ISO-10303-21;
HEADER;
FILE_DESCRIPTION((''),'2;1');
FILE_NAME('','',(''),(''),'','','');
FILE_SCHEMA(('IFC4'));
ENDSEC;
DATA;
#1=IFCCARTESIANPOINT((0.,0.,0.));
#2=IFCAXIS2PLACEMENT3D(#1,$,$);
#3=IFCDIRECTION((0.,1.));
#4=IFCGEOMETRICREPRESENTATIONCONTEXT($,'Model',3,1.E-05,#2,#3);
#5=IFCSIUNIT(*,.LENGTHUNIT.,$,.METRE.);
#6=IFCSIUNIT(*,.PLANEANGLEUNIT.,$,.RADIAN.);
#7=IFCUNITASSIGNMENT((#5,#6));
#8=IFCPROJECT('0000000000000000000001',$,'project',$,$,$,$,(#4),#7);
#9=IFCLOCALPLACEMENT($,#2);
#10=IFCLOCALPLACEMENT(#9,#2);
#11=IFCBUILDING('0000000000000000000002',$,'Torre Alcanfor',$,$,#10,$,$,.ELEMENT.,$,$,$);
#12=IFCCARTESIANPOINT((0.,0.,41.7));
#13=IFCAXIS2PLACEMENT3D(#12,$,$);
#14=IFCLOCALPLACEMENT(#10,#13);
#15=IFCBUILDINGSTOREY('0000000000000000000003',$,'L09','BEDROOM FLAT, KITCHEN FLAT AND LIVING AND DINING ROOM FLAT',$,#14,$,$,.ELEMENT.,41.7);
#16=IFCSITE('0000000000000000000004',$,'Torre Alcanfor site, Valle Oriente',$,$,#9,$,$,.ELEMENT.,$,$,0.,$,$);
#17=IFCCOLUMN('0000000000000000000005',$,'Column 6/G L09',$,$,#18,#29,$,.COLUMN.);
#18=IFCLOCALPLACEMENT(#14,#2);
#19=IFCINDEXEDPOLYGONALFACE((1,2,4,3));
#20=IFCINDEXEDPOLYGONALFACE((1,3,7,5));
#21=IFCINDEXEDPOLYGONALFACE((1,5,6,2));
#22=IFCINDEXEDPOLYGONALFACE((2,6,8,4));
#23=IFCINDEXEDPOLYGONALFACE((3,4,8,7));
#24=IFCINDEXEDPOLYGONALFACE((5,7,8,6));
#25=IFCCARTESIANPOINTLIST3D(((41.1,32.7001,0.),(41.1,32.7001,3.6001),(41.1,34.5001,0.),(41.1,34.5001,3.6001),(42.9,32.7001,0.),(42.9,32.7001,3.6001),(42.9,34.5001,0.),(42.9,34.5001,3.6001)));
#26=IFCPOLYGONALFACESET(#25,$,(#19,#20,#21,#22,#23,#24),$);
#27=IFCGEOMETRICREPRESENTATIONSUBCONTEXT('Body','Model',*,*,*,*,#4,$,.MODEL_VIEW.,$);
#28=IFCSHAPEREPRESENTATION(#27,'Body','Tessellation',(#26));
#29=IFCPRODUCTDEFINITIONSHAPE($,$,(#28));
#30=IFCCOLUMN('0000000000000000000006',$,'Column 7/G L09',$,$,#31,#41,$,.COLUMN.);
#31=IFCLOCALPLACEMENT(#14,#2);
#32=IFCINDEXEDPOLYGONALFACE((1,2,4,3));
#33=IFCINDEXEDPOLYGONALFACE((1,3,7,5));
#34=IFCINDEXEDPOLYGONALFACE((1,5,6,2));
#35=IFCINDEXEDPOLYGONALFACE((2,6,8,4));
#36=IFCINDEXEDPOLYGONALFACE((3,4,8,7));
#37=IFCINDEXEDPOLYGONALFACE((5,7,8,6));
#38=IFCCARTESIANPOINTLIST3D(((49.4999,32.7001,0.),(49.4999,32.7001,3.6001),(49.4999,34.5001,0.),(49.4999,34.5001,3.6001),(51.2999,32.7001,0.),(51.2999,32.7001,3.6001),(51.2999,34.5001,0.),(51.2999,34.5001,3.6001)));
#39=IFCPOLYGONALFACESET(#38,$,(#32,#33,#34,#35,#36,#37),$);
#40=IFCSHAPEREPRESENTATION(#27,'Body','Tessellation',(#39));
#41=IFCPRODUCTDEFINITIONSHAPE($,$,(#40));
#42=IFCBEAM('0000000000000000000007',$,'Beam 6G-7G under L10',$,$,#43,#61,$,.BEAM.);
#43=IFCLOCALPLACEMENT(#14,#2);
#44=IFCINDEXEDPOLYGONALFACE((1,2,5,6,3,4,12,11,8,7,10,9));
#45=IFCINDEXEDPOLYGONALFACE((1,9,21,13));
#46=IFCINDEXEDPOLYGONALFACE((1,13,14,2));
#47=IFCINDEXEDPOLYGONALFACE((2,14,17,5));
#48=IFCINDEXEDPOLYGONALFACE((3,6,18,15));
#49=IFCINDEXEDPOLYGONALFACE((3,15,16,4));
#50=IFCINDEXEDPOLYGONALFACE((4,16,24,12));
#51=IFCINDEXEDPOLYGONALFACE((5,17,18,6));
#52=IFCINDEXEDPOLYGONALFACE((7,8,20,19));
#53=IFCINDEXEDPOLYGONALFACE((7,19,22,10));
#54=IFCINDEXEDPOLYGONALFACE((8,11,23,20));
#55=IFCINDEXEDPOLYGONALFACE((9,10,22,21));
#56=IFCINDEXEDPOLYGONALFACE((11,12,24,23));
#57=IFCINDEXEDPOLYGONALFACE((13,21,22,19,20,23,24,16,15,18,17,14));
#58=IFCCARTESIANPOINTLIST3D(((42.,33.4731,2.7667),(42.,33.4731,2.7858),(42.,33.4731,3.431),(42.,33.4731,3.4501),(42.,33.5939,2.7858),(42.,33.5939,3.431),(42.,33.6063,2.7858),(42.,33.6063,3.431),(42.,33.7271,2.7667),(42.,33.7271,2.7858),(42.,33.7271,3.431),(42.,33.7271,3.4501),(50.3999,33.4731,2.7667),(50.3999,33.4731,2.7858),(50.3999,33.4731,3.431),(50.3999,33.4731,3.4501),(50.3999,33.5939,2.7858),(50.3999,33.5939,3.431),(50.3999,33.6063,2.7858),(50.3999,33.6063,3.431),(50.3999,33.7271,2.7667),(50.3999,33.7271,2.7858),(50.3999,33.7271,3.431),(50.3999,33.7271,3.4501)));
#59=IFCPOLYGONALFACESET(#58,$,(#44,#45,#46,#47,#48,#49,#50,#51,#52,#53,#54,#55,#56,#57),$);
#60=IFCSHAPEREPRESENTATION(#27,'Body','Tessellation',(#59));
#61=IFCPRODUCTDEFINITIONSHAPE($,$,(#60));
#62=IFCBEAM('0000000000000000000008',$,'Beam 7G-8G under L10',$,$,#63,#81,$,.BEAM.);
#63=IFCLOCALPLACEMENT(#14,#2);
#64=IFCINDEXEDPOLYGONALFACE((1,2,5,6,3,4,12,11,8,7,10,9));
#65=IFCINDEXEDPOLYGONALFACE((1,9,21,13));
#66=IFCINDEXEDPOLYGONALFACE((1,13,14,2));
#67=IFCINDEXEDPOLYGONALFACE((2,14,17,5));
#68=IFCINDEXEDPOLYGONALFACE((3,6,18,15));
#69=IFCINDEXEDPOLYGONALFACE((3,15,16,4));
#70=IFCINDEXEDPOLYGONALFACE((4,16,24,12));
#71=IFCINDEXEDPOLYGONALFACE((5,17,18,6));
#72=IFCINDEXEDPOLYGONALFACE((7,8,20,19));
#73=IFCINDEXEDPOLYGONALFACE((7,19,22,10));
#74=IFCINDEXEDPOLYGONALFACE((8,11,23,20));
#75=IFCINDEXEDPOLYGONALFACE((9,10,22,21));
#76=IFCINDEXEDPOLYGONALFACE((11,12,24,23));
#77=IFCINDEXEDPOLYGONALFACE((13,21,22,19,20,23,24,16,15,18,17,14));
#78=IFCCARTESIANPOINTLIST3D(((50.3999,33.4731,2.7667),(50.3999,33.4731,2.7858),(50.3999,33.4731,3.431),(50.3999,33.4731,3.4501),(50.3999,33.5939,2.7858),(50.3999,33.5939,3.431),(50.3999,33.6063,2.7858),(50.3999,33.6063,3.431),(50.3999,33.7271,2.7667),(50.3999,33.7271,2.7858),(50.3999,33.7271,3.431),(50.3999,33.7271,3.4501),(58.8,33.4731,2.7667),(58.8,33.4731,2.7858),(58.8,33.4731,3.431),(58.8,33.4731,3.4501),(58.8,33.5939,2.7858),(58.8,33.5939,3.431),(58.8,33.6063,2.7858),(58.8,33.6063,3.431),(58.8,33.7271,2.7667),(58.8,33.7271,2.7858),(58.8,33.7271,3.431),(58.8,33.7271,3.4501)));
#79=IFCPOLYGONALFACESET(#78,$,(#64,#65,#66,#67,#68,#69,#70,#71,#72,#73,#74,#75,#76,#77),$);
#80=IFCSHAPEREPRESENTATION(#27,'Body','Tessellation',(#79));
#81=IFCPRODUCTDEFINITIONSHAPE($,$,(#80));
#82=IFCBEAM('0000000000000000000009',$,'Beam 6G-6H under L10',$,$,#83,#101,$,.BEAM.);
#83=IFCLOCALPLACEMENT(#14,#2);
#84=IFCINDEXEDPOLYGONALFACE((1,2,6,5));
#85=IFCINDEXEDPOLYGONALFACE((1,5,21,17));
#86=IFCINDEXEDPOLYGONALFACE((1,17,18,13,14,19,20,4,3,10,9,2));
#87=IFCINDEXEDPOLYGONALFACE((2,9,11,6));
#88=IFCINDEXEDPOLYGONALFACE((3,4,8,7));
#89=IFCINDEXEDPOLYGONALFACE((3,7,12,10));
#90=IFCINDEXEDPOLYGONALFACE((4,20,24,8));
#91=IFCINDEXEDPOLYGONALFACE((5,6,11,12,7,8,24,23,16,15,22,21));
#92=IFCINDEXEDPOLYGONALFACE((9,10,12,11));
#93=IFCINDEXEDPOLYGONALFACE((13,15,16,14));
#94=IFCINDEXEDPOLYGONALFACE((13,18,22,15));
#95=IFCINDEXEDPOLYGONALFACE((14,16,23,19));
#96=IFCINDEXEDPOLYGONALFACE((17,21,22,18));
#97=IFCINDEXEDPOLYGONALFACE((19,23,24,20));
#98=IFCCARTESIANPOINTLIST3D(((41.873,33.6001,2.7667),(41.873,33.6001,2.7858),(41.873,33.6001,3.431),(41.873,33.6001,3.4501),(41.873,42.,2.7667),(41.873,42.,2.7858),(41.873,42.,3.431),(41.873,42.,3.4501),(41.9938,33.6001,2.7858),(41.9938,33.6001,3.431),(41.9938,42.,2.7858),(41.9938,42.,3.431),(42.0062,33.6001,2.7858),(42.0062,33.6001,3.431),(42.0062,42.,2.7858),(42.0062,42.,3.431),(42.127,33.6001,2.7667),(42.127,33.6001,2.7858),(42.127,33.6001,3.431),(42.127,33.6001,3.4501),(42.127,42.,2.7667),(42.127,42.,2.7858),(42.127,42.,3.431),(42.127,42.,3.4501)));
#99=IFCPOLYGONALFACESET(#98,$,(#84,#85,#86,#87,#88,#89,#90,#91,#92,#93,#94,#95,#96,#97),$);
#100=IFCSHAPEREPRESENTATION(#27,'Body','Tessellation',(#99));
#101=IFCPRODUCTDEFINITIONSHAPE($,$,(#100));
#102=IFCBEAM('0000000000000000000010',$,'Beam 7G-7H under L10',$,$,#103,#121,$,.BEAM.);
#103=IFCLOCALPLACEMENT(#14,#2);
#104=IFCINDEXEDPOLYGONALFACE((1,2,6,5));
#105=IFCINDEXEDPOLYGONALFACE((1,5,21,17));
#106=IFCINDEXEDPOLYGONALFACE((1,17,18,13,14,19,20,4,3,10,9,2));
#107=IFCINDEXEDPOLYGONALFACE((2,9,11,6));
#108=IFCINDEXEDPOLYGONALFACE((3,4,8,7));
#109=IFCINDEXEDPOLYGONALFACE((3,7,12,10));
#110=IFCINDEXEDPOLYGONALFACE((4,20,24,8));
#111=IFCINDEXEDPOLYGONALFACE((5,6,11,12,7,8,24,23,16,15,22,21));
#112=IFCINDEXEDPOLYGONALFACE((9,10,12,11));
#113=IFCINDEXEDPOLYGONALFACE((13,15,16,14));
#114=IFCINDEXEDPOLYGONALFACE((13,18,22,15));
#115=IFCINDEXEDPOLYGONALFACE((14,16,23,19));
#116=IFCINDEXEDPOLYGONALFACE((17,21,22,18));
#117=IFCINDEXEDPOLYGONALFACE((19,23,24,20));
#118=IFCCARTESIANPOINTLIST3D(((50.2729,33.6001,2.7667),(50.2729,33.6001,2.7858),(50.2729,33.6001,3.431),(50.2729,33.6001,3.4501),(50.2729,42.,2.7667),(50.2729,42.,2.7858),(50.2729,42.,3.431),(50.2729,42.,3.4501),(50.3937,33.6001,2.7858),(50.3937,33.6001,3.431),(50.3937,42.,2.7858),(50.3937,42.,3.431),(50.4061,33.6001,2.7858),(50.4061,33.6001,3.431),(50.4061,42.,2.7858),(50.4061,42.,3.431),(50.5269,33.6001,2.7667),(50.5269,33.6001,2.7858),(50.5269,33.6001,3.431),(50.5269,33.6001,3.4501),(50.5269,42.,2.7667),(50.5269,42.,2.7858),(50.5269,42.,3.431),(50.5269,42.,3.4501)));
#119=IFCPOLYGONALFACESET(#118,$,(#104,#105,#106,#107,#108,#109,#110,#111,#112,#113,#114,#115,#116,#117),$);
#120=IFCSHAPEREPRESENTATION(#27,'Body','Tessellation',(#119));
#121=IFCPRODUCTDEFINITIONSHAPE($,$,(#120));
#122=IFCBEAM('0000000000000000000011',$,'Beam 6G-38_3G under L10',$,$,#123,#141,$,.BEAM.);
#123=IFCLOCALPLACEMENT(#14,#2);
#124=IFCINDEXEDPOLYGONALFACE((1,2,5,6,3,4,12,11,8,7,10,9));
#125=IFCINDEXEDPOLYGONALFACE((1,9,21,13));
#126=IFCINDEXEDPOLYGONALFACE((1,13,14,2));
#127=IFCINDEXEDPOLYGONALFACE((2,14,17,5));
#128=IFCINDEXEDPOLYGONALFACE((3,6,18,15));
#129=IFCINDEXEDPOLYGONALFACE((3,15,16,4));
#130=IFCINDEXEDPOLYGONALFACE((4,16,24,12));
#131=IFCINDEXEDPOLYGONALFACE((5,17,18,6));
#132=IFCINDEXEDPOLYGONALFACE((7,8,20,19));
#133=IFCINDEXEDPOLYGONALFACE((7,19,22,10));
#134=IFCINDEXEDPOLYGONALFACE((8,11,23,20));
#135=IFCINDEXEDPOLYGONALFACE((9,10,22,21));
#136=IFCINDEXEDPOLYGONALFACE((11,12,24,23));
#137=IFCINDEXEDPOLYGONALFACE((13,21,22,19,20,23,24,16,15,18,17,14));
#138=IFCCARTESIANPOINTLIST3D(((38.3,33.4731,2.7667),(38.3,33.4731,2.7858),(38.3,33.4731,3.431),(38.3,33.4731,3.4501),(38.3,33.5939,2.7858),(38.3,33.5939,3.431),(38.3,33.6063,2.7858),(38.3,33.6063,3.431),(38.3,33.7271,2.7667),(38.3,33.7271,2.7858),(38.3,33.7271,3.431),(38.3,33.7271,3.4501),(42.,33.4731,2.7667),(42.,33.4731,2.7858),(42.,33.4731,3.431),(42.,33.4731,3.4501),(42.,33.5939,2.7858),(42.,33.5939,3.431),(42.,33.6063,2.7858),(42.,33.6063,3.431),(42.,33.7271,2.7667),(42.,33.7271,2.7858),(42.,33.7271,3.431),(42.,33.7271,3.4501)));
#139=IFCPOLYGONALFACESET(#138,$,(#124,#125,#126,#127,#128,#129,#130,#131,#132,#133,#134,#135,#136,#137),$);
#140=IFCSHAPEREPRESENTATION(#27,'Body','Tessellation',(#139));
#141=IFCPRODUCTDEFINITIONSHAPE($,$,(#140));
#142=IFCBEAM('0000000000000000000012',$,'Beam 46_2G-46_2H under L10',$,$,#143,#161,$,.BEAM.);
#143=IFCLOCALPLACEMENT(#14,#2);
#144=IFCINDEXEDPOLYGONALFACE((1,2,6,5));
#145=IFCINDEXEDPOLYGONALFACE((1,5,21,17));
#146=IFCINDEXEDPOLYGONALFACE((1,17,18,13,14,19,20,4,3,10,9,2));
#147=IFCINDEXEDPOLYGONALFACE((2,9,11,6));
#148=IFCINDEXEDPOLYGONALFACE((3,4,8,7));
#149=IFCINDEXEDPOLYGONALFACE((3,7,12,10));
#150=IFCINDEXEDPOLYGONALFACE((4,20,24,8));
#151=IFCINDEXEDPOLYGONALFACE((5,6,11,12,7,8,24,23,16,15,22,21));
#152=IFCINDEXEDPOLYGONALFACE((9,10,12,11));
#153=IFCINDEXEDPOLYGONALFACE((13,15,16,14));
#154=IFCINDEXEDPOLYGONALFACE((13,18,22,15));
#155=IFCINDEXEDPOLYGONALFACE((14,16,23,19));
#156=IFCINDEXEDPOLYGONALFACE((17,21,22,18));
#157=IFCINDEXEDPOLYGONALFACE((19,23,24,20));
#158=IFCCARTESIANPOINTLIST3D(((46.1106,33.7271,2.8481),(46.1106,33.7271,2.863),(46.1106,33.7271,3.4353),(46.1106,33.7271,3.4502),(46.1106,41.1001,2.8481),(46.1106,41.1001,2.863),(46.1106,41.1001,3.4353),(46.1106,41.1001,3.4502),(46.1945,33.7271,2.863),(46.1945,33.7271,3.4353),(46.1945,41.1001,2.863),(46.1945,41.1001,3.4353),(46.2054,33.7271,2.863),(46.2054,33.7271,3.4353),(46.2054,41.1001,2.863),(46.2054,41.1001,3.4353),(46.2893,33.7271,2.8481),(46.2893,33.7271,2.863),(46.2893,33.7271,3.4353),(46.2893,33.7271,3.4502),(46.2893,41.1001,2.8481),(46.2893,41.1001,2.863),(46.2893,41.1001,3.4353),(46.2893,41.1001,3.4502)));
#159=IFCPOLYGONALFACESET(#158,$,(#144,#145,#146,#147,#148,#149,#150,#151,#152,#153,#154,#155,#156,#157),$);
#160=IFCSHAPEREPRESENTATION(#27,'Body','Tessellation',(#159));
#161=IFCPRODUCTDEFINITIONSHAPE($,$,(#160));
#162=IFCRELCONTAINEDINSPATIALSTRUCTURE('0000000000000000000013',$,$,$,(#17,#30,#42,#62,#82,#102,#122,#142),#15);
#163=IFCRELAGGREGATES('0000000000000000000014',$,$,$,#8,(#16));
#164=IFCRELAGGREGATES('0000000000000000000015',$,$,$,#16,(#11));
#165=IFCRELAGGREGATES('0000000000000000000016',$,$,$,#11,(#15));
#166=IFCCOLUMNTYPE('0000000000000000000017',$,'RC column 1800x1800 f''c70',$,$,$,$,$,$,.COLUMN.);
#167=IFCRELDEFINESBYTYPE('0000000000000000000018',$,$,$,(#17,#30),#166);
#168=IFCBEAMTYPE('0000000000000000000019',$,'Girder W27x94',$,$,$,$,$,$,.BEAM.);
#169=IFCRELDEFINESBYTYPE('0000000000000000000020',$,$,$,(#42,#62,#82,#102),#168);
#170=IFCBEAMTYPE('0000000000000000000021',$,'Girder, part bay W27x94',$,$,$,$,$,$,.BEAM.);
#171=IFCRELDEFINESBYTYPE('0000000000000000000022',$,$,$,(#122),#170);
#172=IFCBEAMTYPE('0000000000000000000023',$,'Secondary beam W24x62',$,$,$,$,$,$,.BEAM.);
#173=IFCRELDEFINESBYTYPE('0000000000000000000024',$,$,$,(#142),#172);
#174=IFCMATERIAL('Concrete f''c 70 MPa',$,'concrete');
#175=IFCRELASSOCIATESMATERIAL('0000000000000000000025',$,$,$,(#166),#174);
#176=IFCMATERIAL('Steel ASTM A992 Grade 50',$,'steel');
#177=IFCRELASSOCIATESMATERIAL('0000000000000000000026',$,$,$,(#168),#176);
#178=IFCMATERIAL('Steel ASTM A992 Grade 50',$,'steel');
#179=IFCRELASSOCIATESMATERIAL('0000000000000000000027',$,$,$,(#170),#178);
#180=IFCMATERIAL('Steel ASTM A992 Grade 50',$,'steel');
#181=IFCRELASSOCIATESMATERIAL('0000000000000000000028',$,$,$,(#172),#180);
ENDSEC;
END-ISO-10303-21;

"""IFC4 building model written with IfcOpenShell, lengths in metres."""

from ifc_helpers import new_model, si_unit, direction, frame, origin, origin_2d, place, context, subcontext, project, spatial, rectangle, i_section, extrude, material, material_profile, profile_set, type_object, element, save


model = new_model("IFC4")

# Units and contexts
model_context = context("Model", 3, precision=1e-05, world=origin(), true_north=direction((0.0, 1.0)))
body_context = subcontext(model_context, "Body", "Model", "MODEL_VIEW")
ifc_project = project(units=[si_unit("LENGTHUNIT", "METRE"), si_unit("PLANEANGLEUNIT", "RADIAN")], contexts=[model_context])

# Site, building, storey
site_placement = place(None, origin())
site = spatial("IfcSite", under=ifc_project, at=site_placement, Name="Torre Alcanfor site, Valle Oriente", CompositionType="ELEMENT", RefElevation=0.0)
building_placement = place(site_placement, origin())
building = spatial("IfcBuilding", under=site, at=building_placement, Name="Torre Alcanfor", CompositionType="ELEMENT")
storey_placement = place(building_placement, frame((0.0, 0.0, 41.7)))
storey = spatial("IfcBuildingStorey", under=building, at=storey_placement, Name="L09", Description="BEDROOM FLAT, KITCHEN FLAT AND LIVING AND DINING ROOM FLAT", CompositionType="ELEMENT", Elevation=41.7)

# Columns
ifc_material_1 = material(Name="Concrete f'c 70 MPa", Category="concrete")
ifc_material_profile_1 = material_profile(ifc_material_1, rectangle(XDim=1.8, YDim=1.8, at=origin_2d()), Name="1800x1800")
ifc_profile_set_1 = profile_set([ifc_material_profile_1], Name="Concrete f'c 70 MPa")
column_type = type_object("IfcColumnType", Name="RC column 1800x1800 f'c70", PredefinedType="COLUMN", material=ifc_profile_set_1)
for number, where, z_axis, x_axis, name in (
    (1, (42.0, 33.6001, 0.0), (0.0, 0.0, 1.0), (1.0, 0.0, 0.0), "Column 6/G L09"),
    (2, (50.3999, 33.6001, 0.0), (0.0, 0.0, 1.0), (1.0, 0.0, 0.0), "Column 7/G L09"),
):
    element("IfcColumn", number, at=place(storey_placement, frame(where, z_axis=z_axis, x_axis=x_axis)), inside=storey, type_object=column_type, Name=name, PredefinedType="COLUMN", context=body_context, shape_type="SweptSolid", body=[
        extrude(rectangle(XDim=1.8, YDim=1.8, at=origin_2d()), origin(), (0.0, 0.0, 1.0), 3.6001),
    ])

# Beams
ifc_material_2 = material(Name="Steel ASTM A992 Grade 50", Category="steel")
ifc_material_profile_2 = material_profile(ifc_material_2, i_section(OverallWidth=0.2539, OverallDepth=0.6833, WebThickness=0.0125, FlangeThickness=0.019, at=origin_2d()), Name="W27x94")
ifc_profile_set_2 = profile_set([ifc_material_profile_2], Name="Steel ASTM A992 Grade 50")
beam_type_1 = type_object("IfcBeamType", Name="Girder W27x94", PredefinedType="BEAM", material=ifc_profile_set_2)
beam_1_placement = place(storey_placement, frame((42.0, 33.6001, 3.1084), z_axis=(1.0, 0.0, 0.0), x_axis=(0.0, 1.0, 0.0)))
element("IfcBeam", 3, at=beam_1_placement, inside=storey, type_object=beam_type_1, Name="Beam 6G-7G under L10", PredefinedType="BEAM", context=body_context, shape_type="SweptSolid", body=[
    extrude(i_section(OverallWidth=0.2539, OverallDepth=0.6833, WebThickness=0.0125, FlangeThickness=0.019, at=origin_2d()), origin(), (0.0, 0.0, 1.0), 8.3999),
])
beam_2_placement = place(storey_placement, frame((50.3999, 33.6001, 3.1084), z_axis=(1.0, 0.0, 0.0), x_axis=(0.0, 1.0, 0.0)))
element("IfcBeam", 4, at=beam_2_placement, inside=storey, type_object=beam_type_1, Name="Beam 7G-8G under L10", PredefinedType="BEAM", context=body_context, shape_type="SweptSolid", body=[
    extrude(i_section(OverallWidth=0.2539, OverallDepth=0.6833, WebThickness=0.0125, FlangeThickness=0.019, at=origin_2d()), origin(), (0.0, 0.0, 1.0), 8.4001),
])
for number, where, z_axis, x_axis, name in (
    (5, (42.0, 33.6001, 3.1084), (0.0, 1.0, 0.0), (-1.0, 0.0, 0.0), "Beam 6G-6H under L10"),
    (6, (50.3999, 33.6001, 3.1084), (0.0, 1.0, 0.0), (-1.0, 0.0, 0.0), "Beam 7G-7H under L10"),
):
    element("IfcBeam", number, at=place(storey_placement, frame(where, z_axis=z_axis, x_axis=x_axis)), inside=storey, type_object=beam_type_1, Name=name, PredefinedType="BEAM", context=body_context, shape_type="SweptSolid", body=[
        extrude(i_section(OverallWidth=0.2539, OverallDepth=0.6833, WebThickness=0.0125, FlangeThickness=0.019, at=origin_2d()), origin(), (0.0, 0.0, 1.0), 8.3999),
    ])
ifc_material_3 = material(Name="Steel ASTM A992 Grade 50", Category="steel")
ifc_material_profile_3 = material_profile(ifc_material_3, i_section(OverallWidth=0.2539, OverallDepth=0.6833, WebThickness=0.0125, FlangeThickness=0.019, at=origin_2d()), Name="W27x94")
ifc_profile_set_3 = profile_set([ifc_material_profile_3], Name="Steel ASTM A992 Grade 50")
beam_type_2 = type_object("IfcBeamType", Name="Girder, part bay W27x94", PredefinedType="BEAM", material=ifc_profile_set_3)
beam_3_placement = place(storey_placement, frame((42.0, 33.6001, 3.1084), z_axis=(-1.0, 0.0, 0.0), x_axis=(0.0, -1.0, 0.0)))
element("IfcBeam", 7, at=beam_3_placement, inside=storey, type_object=beam_type_2, Name="Beam 6G-38_3G under L10", PredefinedType="BEAM", context=body_context, shape_type="SweptSolid", body=[
    extrude(i_section(OverallWidth=0.2539, OverallDepth=0.6833, WebThickness=0.0125, FlangeThickness=0.019, at=origin_2d()), origin(), (0.0, 0.0, 1.0), 3.7),
])
ifc_material_4 = material(Name="Steel ASTM A992 Grade 50", Category="steel")
ifc_material_profile_4 = material_profile(ifc_material_4, i_section(OverallWidth=0.1787, OverallDepth=0.6021, WebThickness=0.011, FlangeThickness=0.0149, at=origin_2d()), Name="W24x62")
ifc_profile_set_4 = profile_set([ifc_material_profile_4], Name="Steel ASTM A992 Grade 50")
beam_type_3 = type_object("IfcBeamType", Name="Secondary beam W24x62", PredefinedType="BEAM", material=ifc_profile_set_4)
beam_4_placement = place(storey_placement, frame((46.2, 33.7271, 3.1492), z_axis=(0.0, 1.0, 0.0), x_axis=(-1.0, 0.0, 0.0)))
element("IfcBeam", 8, at=beam_4_placement, inside=storey, type_object=beam_type_3, Name="Beam 46_2G-46_2H under L10", PredefinedType="BEAM", context=body_context, shape_type="SweptSolid", body=[
    extrude(i_section(OverallWidth=0.1787, OverallDepth=0.6021, WebThickness=0.011, FlangeThickness=0.0149, at=origin_2d()), origin(), (0.0, 0.0, 1.0), 7.373),
])

save(model, "model.ifc")
